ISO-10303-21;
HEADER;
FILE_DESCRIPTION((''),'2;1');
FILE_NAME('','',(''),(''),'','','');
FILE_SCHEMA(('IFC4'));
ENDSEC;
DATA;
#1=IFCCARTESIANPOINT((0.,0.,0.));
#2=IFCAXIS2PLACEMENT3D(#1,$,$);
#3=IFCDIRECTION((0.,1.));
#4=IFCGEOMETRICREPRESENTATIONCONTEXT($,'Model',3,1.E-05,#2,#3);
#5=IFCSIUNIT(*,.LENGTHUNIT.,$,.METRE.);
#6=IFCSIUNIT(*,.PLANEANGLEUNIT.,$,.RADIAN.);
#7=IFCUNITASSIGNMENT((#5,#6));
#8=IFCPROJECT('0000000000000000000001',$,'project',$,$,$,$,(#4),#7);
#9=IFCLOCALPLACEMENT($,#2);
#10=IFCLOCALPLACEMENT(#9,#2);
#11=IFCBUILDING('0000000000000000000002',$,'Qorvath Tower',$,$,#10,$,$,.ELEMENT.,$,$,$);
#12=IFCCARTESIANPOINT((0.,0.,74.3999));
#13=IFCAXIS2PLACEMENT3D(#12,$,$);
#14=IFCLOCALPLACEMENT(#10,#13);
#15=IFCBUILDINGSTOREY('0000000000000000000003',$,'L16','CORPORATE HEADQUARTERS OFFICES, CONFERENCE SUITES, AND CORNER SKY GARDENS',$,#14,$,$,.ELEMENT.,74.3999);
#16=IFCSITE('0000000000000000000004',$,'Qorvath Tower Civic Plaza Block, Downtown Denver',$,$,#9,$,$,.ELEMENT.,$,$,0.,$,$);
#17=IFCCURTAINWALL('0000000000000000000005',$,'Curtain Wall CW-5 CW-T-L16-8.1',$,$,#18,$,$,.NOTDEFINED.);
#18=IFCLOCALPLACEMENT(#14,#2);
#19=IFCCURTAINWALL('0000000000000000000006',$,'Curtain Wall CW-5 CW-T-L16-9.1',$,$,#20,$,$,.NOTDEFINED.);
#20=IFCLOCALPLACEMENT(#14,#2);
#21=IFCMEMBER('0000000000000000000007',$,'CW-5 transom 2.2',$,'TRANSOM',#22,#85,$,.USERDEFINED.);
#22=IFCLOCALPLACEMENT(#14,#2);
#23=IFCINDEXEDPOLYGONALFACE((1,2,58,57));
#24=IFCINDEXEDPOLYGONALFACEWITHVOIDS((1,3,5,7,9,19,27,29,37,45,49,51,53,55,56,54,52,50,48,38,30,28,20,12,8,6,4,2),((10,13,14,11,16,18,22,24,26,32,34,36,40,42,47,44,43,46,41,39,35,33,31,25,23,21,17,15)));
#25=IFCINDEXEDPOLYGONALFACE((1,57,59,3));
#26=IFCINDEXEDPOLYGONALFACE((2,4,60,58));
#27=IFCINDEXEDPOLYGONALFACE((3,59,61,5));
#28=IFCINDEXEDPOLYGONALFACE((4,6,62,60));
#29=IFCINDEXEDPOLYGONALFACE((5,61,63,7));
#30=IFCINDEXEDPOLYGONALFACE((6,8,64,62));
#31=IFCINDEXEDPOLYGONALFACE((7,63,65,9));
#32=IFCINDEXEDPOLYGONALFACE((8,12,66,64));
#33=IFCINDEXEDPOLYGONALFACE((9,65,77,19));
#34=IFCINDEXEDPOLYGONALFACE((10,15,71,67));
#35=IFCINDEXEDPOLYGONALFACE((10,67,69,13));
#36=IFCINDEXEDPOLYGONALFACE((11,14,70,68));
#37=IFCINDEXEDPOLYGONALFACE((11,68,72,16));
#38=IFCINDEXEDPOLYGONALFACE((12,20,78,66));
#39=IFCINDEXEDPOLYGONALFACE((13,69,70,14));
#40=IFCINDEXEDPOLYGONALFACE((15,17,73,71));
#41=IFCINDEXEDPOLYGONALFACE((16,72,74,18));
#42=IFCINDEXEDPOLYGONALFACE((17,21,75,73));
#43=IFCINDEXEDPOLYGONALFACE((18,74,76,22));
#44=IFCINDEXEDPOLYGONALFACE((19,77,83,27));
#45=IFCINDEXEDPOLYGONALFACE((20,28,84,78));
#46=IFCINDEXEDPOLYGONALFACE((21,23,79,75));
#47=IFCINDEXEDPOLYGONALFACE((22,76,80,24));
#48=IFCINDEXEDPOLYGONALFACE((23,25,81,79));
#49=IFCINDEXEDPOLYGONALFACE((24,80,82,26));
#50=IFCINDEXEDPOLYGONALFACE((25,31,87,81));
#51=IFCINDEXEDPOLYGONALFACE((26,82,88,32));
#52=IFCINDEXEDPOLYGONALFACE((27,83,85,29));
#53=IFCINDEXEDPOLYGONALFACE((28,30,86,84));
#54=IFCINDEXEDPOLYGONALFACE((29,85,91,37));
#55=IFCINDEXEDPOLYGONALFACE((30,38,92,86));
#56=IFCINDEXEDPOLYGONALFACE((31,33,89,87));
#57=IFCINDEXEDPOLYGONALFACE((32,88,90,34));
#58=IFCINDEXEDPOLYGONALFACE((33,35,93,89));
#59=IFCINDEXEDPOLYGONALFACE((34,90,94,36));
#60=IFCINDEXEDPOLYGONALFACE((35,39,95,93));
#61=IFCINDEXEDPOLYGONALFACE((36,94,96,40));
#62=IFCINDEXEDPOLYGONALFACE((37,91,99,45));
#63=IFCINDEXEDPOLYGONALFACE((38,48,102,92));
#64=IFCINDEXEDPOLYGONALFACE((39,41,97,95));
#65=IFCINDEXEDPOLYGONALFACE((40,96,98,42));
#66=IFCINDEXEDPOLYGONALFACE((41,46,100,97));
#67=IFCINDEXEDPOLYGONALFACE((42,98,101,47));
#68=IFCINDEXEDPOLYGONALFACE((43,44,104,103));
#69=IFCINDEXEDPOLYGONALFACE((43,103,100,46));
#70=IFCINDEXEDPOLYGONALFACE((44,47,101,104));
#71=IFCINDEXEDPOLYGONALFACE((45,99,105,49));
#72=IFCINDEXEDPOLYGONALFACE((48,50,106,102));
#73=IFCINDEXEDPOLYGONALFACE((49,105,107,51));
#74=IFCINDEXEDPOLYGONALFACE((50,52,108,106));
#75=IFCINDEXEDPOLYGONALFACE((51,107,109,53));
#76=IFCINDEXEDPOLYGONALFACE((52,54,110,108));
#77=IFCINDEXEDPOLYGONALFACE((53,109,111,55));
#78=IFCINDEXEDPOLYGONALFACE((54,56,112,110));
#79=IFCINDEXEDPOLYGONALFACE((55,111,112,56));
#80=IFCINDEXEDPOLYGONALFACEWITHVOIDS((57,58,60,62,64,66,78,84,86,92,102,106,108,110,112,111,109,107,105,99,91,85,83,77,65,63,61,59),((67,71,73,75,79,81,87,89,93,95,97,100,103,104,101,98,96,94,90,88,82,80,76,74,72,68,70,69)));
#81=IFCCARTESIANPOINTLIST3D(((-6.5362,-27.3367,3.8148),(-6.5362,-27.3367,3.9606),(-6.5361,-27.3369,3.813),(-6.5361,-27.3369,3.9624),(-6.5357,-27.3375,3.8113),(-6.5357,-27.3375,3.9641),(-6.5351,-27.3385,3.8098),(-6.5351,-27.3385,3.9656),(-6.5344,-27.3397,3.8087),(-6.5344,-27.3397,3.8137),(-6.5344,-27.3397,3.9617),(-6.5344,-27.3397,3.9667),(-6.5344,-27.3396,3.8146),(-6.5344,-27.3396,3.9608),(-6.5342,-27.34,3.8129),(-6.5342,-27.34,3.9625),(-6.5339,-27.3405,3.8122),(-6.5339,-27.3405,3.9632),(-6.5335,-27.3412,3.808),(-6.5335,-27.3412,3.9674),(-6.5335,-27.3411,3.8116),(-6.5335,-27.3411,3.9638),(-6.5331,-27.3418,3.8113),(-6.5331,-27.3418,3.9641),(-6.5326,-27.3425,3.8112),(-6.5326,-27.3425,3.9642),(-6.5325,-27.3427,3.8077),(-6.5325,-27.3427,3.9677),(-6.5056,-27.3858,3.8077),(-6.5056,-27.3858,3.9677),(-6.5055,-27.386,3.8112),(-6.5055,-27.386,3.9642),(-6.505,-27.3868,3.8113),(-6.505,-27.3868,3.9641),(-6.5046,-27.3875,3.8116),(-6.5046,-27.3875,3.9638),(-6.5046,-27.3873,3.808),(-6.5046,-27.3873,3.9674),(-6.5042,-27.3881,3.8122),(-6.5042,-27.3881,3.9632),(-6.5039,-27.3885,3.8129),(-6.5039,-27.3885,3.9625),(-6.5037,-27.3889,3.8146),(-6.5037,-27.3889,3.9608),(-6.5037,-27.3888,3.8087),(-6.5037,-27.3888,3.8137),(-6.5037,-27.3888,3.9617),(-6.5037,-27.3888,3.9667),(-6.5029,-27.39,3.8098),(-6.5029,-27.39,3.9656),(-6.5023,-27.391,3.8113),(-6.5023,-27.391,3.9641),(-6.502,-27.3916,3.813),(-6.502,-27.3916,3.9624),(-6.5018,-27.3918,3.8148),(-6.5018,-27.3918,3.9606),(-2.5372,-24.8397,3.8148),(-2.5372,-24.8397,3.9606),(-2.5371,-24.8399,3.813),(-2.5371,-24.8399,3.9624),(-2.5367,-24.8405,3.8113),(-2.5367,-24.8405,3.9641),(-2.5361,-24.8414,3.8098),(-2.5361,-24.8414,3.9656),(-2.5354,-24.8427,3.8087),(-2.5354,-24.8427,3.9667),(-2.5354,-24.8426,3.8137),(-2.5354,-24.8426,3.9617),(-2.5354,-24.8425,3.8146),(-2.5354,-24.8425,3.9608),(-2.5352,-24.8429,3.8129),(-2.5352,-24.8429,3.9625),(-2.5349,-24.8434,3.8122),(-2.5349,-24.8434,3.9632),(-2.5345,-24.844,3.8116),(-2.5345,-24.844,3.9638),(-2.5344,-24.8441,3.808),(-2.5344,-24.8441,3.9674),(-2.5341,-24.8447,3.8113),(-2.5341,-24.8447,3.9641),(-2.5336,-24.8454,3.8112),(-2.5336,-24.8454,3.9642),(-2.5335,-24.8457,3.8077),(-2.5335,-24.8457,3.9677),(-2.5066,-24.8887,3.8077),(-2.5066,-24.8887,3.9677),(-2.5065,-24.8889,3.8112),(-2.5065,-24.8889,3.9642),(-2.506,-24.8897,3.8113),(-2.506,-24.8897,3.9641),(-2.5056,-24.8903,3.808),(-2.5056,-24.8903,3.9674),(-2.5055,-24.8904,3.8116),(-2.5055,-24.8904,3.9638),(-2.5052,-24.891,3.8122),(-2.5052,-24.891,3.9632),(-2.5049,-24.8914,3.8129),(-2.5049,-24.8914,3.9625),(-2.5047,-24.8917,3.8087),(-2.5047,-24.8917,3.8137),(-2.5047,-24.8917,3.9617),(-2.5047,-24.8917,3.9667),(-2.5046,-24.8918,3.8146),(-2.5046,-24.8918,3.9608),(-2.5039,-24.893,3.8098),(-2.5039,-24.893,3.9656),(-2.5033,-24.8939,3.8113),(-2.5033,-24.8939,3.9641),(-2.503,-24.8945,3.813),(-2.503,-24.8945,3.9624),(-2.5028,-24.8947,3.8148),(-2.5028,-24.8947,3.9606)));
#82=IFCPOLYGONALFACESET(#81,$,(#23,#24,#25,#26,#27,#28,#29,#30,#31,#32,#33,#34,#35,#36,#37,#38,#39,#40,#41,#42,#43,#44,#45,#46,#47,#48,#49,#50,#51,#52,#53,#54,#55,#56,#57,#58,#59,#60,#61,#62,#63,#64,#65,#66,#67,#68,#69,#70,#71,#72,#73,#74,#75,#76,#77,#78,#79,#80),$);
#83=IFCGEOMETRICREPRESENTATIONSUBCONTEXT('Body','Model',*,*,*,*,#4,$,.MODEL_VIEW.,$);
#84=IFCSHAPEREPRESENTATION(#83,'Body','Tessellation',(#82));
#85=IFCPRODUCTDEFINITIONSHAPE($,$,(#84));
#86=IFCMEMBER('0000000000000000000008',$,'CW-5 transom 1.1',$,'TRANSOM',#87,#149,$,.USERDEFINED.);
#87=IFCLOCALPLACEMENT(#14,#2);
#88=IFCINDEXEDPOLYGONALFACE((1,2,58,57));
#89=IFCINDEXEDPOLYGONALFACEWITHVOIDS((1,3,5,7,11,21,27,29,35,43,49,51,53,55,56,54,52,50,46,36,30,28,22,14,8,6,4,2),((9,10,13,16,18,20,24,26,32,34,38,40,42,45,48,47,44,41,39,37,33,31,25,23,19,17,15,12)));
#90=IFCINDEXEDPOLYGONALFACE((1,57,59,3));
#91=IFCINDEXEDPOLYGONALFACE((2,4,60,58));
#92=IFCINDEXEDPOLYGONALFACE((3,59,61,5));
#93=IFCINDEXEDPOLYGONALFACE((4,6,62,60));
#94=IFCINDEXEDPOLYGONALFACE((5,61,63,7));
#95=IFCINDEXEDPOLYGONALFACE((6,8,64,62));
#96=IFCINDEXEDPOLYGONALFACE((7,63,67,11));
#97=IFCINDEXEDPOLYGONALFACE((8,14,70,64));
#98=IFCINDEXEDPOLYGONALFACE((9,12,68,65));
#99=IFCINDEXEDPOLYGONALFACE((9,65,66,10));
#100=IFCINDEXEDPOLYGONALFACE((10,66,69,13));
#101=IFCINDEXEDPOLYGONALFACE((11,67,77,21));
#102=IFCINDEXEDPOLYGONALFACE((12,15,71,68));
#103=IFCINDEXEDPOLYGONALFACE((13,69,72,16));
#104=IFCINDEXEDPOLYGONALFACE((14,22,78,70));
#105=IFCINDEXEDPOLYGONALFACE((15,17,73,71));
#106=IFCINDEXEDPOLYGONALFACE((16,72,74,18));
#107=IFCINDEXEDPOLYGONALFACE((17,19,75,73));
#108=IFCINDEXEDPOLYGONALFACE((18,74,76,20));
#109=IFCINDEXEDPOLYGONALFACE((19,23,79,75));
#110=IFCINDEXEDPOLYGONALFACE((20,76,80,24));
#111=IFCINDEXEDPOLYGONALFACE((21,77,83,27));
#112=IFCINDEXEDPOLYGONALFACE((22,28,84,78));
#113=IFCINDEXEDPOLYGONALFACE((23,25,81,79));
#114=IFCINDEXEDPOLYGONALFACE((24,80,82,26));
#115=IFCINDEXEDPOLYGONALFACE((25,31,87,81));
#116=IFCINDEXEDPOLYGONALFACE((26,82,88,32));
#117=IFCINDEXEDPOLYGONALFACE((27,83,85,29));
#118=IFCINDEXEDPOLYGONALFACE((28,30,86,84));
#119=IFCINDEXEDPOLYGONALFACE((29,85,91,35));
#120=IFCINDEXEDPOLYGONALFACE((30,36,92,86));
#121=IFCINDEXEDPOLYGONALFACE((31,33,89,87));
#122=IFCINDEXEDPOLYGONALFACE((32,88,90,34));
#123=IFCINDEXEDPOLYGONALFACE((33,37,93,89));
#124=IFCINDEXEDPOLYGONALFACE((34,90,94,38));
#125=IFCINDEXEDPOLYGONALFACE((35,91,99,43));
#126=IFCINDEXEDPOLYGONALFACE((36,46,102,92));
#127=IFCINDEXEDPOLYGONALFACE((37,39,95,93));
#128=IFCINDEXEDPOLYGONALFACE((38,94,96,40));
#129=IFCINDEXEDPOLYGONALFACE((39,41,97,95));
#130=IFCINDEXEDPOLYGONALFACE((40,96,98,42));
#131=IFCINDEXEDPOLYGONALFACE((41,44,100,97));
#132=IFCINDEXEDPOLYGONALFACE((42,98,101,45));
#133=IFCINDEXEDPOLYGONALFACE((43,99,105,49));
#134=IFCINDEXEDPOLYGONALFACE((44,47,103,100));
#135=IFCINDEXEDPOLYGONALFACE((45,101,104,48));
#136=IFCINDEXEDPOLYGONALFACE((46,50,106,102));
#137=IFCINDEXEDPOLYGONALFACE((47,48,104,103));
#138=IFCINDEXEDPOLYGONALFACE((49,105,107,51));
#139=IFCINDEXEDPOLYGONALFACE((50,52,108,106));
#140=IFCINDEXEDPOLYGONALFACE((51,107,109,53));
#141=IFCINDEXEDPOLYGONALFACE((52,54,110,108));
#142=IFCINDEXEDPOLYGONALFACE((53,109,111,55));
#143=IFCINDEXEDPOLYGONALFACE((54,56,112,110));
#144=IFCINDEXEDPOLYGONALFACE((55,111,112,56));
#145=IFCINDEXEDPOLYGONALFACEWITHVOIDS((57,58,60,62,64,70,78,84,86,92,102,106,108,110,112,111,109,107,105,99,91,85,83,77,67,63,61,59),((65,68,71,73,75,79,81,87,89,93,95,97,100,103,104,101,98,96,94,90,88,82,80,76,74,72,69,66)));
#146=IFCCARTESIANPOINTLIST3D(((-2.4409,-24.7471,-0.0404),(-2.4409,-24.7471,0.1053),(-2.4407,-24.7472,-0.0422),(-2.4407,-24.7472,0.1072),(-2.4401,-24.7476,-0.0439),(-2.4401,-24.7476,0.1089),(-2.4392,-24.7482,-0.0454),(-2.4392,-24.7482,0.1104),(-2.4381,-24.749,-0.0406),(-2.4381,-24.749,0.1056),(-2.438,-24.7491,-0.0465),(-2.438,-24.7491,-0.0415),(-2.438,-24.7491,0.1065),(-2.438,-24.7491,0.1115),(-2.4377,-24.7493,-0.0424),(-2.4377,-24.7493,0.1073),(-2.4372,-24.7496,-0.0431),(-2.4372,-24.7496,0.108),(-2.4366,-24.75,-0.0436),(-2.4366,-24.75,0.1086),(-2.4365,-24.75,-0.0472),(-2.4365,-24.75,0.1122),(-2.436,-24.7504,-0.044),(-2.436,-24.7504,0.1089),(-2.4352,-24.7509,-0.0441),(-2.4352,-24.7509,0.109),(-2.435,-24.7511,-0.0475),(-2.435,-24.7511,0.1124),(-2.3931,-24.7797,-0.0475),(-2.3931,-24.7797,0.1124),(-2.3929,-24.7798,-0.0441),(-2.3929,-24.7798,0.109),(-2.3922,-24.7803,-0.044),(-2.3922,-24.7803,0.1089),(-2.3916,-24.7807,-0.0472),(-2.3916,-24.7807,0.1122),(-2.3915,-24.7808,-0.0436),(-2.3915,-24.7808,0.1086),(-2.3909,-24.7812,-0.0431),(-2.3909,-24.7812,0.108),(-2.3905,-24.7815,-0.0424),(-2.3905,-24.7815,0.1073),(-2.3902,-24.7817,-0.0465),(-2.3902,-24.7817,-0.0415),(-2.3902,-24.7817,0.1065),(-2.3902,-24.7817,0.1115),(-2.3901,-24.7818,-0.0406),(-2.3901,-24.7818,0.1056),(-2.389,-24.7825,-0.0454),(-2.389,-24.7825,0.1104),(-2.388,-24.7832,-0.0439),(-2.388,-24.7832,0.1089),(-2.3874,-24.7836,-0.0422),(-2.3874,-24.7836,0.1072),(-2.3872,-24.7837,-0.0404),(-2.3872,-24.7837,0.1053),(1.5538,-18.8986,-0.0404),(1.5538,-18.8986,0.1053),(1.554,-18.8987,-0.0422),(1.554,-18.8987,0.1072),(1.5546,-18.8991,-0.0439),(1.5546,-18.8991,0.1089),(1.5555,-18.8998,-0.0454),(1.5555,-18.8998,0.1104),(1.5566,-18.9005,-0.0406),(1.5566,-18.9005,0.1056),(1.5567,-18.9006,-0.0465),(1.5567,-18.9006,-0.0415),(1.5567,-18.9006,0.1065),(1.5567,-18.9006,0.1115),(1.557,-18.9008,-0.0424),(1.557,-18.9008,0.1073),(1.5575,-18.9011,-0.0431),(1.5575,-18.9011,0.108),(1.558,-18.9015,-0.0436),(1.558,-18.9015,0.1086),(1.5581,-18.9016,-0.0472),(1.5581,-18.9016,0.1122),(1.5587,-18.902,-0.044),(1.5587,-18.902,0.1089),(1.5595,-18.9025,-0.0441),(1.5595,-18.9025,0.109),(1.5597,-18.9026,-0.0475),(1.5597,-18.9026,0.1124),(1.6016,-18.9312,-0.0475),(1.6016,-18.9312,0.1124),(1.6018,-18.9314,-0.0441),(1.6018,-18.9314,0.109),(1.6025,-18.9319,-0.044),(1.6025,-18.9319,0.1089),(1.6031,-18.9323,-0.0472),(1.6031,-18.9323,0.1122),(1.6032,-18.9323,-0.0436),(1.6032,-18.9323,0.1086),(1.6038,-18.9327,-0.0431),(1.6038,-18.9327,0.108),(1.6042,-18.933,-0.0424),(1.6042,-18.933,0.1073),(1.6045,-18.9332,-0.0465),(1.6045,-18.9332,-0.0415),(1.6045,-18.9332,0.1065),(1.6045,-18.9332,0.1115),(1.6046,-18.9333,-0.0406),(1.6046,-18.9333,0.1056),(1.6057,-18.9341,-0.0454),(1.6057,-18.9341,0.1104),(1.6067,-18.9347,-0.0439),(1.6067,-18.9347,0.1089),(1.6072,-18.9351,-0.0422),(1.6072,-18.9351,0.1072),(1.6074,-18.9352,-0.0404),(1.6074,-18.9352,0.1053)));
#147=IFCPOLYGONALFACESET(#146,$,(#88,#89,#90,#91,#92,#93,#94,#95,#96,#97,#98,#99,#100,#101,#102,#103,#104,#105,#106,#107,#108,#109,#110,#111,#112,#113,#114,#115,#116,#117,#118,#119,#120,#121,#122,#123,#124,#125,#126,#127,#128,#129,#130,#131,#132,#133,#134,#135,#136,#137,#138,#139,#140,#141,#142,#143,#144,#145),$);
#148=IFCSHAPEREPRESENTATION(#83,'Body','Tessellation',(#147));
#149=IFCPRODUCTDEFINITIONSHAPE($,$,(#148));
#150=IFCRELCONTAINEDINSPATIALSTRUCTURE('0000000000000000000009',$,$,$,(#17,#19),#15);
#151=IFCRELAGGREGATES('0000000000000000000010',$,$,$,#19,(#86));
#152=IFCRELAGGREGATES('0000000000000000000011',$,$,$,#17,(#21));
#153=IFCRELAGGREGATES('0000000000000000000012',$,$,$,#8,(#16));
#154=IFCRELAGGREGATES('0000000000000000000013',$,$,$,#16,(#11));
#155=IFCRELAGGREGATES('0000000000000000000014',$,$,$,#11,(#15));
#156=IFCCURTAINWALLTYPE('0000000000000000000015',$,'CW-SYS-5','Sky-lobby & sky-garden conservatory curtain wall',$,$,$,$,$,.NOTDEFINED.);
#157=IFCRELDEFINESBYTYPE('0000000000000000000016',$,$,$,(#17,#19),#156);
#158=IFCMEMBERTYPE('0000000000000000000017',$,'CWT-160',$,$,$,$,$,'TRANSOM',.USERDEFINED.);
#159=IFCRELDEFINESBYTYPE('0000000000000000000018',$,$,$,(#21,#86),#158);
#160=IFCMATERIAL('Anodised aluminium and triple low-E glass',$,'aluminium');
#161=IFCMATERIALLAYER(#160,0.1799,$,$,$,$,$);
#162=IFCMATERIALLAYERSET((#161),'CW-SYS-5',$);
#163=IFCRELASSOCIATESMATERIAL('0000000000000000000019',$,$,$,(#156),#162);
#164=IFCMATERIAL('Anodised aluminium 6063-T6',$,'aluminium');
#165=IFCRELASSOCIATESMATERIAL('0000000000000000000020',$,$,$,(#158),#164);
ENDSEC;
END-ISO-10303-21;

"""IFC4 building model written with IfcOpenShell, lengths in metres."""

from ifc_helpers import new_model, si_unit, direction, frame, origin, origin_2d, place, context, subcontext, project, spatial, hollow_rectangle, extrude, material, layer, layer_set, material_profile, profile_set, type_object, element, aggregate, save


model = new_model("IFC4")

# Units and contexts
model_context = context("Model", 3, precision=1e-05, world=origin(), true_north=direction((0.0, 1.0)))
body_context = subcontext(model_context, "Body", "Model", "MODEL_VIEW")
ifc_project = project(units=[si_unit("LENGTHUNIT", "METRE"), si_unit("PLANEANGLEUNIT", "RADIAN")], contexts=[model_context])

# Site, building, storey
site_placement = place(None, origin())
site = spatial("IfcSite", under=ifc_project, at=site_placement, Name="Qorvath Tower Civic Plaza Block, Downtown Denver", CompositionType="ELEMENT", RefElevation=0.0)
building_placement = place(site_placement, origin())
building = spatial("IfcBuilding", under=site, at=building_placement, Name="Qorvath Tower", CompositionType="ELEMENT")
storey_placement = place(building_placement, frame((0.0, 0.0, 74.3999)))
storey = spatial("IfcBuildingStorey", under=building, at=storey_placement, Name="L16", Description="CORPORATE HEADQUARTERS OFFICES, CONFERENCE SUITES, AND CORNER SKY GARDENS", CompositionType="ELEMENT", Elevation=74.3999)

# Shared definitions
ifc_material_1 = material(Name="Anodised aluminium and triple low-E glass", Category="aluminium")
ifc_layer_1 = layer(ifc_material_1, 0.1799)
ifc_layer_set_1 = layer_set([ifc_layer_1], Name="CW-SYS-5")
curtain_wall_type = type_object("IfcCurtainWallType", Name="CW-SYS-5", Description="Sky-lobby & sky-garden conservatory curtain wall", PredefinedType="NOTDEFINED", material=ifc_layer_set_1)

# Curtain wall
curtain_wall_1_placement = place(storey_placement, origin())
curtain_wall_1 = element("IfcCurtainWall", 1, at=curtain_wall_1_placement, inside=storey, type_object=curtain_wall_type, Name="Curtain Wall CW-5 CW-T-L16-8.1", PredefinedType="NOTDEFINED")

# Curtain wall
curtain_wall_2_placement = place(storey_placement, origin())
curtain_wall_2 = element("IfcCurtainWall", 2, at=curtain_wall_2_placement, inside=storey, type_object=curtain_wall_type, Name="Curtain Wall CW-5 CW-T-L16-9.1", PredefinedType="NOTDEFINED")

# Members
ifc_material_2 = material(Name="Anodised aluminium 6063-T6", Category="aluminium")
ifc_material_profile_1 = material_profile(ifc_material_2, hollow_rectangle(XDim=0.0649, YDim=0.1599, WallThickness=0.0034, InnerFilletRadius=0.0034, OuterFilletRadius=0.0071, at=origin_2d()), Name="CWT 160x65")
ifc_profile_set_1 = profile_set([ifc_material_profile_1], Name="Anodised aluminium 6063-T6")
member_type_1 = type_object("IfcMemberType", Name="CWT-160", ElementType="TRANSOM", PredefinedType="USERDEFINED", material=ifc_profile_set_1)
member_1_placement = place(storey_placement, frame((-6.519, -27.3643, 3.8877), z_axis=(0.848219, 0.529645, 0.0), x_axis=(-0.529645, 0.848219, 0.0)))
member_1 = element("IfcMember", 3, at=member_1_placement, type_object=member_type_1, Name="CW-5 transom 2.2", ObjectType="TRANSOM", PredefinedType="USERDEFINED", context=body_context, shape_type="SweptSolid", body=[
    extrude(hollow_rectangle(XDim=0.0649, YDim=0.1599, WallThickness=0.0034, InnerFilletRadius=0.0034, OuterFilletRadius=0.0071, at=origin_2d()), origin(), (0.0, 0.0, 1.0), 4.7146),
])
member_2_placement = place(storey_placement, frame((-2.4141, -24.7654, 0.0325), z_axis=(0.56402, 0.825761, 0.0), x_axis=(-0.825761, 0.56402, 0.0)))
member_2 = element("IfcMember", 4, at=member_2_placement, type_object=member_type_1, Name="CW-5 transom 1.1", ObjectType="TRANSOM", PredefinedType="USERDEFINED", context=body_context, shape_type="SweptSolid", body=[
    extrude(hollow_rectangle(XDim=0.0649, YDim=0.1599, WallThickness=0.0034, InnerFilletRadius=0.0034, OuterFilletRadius=0.0071, at=origin_2d()), origin(), (0.0, 0.0, 1.0), 7.0825),
])
aggregate(curtain_wall_2, [member_2])

aggregate(curtain_wall_1, [member_1])

save(model, "model.ifc")
